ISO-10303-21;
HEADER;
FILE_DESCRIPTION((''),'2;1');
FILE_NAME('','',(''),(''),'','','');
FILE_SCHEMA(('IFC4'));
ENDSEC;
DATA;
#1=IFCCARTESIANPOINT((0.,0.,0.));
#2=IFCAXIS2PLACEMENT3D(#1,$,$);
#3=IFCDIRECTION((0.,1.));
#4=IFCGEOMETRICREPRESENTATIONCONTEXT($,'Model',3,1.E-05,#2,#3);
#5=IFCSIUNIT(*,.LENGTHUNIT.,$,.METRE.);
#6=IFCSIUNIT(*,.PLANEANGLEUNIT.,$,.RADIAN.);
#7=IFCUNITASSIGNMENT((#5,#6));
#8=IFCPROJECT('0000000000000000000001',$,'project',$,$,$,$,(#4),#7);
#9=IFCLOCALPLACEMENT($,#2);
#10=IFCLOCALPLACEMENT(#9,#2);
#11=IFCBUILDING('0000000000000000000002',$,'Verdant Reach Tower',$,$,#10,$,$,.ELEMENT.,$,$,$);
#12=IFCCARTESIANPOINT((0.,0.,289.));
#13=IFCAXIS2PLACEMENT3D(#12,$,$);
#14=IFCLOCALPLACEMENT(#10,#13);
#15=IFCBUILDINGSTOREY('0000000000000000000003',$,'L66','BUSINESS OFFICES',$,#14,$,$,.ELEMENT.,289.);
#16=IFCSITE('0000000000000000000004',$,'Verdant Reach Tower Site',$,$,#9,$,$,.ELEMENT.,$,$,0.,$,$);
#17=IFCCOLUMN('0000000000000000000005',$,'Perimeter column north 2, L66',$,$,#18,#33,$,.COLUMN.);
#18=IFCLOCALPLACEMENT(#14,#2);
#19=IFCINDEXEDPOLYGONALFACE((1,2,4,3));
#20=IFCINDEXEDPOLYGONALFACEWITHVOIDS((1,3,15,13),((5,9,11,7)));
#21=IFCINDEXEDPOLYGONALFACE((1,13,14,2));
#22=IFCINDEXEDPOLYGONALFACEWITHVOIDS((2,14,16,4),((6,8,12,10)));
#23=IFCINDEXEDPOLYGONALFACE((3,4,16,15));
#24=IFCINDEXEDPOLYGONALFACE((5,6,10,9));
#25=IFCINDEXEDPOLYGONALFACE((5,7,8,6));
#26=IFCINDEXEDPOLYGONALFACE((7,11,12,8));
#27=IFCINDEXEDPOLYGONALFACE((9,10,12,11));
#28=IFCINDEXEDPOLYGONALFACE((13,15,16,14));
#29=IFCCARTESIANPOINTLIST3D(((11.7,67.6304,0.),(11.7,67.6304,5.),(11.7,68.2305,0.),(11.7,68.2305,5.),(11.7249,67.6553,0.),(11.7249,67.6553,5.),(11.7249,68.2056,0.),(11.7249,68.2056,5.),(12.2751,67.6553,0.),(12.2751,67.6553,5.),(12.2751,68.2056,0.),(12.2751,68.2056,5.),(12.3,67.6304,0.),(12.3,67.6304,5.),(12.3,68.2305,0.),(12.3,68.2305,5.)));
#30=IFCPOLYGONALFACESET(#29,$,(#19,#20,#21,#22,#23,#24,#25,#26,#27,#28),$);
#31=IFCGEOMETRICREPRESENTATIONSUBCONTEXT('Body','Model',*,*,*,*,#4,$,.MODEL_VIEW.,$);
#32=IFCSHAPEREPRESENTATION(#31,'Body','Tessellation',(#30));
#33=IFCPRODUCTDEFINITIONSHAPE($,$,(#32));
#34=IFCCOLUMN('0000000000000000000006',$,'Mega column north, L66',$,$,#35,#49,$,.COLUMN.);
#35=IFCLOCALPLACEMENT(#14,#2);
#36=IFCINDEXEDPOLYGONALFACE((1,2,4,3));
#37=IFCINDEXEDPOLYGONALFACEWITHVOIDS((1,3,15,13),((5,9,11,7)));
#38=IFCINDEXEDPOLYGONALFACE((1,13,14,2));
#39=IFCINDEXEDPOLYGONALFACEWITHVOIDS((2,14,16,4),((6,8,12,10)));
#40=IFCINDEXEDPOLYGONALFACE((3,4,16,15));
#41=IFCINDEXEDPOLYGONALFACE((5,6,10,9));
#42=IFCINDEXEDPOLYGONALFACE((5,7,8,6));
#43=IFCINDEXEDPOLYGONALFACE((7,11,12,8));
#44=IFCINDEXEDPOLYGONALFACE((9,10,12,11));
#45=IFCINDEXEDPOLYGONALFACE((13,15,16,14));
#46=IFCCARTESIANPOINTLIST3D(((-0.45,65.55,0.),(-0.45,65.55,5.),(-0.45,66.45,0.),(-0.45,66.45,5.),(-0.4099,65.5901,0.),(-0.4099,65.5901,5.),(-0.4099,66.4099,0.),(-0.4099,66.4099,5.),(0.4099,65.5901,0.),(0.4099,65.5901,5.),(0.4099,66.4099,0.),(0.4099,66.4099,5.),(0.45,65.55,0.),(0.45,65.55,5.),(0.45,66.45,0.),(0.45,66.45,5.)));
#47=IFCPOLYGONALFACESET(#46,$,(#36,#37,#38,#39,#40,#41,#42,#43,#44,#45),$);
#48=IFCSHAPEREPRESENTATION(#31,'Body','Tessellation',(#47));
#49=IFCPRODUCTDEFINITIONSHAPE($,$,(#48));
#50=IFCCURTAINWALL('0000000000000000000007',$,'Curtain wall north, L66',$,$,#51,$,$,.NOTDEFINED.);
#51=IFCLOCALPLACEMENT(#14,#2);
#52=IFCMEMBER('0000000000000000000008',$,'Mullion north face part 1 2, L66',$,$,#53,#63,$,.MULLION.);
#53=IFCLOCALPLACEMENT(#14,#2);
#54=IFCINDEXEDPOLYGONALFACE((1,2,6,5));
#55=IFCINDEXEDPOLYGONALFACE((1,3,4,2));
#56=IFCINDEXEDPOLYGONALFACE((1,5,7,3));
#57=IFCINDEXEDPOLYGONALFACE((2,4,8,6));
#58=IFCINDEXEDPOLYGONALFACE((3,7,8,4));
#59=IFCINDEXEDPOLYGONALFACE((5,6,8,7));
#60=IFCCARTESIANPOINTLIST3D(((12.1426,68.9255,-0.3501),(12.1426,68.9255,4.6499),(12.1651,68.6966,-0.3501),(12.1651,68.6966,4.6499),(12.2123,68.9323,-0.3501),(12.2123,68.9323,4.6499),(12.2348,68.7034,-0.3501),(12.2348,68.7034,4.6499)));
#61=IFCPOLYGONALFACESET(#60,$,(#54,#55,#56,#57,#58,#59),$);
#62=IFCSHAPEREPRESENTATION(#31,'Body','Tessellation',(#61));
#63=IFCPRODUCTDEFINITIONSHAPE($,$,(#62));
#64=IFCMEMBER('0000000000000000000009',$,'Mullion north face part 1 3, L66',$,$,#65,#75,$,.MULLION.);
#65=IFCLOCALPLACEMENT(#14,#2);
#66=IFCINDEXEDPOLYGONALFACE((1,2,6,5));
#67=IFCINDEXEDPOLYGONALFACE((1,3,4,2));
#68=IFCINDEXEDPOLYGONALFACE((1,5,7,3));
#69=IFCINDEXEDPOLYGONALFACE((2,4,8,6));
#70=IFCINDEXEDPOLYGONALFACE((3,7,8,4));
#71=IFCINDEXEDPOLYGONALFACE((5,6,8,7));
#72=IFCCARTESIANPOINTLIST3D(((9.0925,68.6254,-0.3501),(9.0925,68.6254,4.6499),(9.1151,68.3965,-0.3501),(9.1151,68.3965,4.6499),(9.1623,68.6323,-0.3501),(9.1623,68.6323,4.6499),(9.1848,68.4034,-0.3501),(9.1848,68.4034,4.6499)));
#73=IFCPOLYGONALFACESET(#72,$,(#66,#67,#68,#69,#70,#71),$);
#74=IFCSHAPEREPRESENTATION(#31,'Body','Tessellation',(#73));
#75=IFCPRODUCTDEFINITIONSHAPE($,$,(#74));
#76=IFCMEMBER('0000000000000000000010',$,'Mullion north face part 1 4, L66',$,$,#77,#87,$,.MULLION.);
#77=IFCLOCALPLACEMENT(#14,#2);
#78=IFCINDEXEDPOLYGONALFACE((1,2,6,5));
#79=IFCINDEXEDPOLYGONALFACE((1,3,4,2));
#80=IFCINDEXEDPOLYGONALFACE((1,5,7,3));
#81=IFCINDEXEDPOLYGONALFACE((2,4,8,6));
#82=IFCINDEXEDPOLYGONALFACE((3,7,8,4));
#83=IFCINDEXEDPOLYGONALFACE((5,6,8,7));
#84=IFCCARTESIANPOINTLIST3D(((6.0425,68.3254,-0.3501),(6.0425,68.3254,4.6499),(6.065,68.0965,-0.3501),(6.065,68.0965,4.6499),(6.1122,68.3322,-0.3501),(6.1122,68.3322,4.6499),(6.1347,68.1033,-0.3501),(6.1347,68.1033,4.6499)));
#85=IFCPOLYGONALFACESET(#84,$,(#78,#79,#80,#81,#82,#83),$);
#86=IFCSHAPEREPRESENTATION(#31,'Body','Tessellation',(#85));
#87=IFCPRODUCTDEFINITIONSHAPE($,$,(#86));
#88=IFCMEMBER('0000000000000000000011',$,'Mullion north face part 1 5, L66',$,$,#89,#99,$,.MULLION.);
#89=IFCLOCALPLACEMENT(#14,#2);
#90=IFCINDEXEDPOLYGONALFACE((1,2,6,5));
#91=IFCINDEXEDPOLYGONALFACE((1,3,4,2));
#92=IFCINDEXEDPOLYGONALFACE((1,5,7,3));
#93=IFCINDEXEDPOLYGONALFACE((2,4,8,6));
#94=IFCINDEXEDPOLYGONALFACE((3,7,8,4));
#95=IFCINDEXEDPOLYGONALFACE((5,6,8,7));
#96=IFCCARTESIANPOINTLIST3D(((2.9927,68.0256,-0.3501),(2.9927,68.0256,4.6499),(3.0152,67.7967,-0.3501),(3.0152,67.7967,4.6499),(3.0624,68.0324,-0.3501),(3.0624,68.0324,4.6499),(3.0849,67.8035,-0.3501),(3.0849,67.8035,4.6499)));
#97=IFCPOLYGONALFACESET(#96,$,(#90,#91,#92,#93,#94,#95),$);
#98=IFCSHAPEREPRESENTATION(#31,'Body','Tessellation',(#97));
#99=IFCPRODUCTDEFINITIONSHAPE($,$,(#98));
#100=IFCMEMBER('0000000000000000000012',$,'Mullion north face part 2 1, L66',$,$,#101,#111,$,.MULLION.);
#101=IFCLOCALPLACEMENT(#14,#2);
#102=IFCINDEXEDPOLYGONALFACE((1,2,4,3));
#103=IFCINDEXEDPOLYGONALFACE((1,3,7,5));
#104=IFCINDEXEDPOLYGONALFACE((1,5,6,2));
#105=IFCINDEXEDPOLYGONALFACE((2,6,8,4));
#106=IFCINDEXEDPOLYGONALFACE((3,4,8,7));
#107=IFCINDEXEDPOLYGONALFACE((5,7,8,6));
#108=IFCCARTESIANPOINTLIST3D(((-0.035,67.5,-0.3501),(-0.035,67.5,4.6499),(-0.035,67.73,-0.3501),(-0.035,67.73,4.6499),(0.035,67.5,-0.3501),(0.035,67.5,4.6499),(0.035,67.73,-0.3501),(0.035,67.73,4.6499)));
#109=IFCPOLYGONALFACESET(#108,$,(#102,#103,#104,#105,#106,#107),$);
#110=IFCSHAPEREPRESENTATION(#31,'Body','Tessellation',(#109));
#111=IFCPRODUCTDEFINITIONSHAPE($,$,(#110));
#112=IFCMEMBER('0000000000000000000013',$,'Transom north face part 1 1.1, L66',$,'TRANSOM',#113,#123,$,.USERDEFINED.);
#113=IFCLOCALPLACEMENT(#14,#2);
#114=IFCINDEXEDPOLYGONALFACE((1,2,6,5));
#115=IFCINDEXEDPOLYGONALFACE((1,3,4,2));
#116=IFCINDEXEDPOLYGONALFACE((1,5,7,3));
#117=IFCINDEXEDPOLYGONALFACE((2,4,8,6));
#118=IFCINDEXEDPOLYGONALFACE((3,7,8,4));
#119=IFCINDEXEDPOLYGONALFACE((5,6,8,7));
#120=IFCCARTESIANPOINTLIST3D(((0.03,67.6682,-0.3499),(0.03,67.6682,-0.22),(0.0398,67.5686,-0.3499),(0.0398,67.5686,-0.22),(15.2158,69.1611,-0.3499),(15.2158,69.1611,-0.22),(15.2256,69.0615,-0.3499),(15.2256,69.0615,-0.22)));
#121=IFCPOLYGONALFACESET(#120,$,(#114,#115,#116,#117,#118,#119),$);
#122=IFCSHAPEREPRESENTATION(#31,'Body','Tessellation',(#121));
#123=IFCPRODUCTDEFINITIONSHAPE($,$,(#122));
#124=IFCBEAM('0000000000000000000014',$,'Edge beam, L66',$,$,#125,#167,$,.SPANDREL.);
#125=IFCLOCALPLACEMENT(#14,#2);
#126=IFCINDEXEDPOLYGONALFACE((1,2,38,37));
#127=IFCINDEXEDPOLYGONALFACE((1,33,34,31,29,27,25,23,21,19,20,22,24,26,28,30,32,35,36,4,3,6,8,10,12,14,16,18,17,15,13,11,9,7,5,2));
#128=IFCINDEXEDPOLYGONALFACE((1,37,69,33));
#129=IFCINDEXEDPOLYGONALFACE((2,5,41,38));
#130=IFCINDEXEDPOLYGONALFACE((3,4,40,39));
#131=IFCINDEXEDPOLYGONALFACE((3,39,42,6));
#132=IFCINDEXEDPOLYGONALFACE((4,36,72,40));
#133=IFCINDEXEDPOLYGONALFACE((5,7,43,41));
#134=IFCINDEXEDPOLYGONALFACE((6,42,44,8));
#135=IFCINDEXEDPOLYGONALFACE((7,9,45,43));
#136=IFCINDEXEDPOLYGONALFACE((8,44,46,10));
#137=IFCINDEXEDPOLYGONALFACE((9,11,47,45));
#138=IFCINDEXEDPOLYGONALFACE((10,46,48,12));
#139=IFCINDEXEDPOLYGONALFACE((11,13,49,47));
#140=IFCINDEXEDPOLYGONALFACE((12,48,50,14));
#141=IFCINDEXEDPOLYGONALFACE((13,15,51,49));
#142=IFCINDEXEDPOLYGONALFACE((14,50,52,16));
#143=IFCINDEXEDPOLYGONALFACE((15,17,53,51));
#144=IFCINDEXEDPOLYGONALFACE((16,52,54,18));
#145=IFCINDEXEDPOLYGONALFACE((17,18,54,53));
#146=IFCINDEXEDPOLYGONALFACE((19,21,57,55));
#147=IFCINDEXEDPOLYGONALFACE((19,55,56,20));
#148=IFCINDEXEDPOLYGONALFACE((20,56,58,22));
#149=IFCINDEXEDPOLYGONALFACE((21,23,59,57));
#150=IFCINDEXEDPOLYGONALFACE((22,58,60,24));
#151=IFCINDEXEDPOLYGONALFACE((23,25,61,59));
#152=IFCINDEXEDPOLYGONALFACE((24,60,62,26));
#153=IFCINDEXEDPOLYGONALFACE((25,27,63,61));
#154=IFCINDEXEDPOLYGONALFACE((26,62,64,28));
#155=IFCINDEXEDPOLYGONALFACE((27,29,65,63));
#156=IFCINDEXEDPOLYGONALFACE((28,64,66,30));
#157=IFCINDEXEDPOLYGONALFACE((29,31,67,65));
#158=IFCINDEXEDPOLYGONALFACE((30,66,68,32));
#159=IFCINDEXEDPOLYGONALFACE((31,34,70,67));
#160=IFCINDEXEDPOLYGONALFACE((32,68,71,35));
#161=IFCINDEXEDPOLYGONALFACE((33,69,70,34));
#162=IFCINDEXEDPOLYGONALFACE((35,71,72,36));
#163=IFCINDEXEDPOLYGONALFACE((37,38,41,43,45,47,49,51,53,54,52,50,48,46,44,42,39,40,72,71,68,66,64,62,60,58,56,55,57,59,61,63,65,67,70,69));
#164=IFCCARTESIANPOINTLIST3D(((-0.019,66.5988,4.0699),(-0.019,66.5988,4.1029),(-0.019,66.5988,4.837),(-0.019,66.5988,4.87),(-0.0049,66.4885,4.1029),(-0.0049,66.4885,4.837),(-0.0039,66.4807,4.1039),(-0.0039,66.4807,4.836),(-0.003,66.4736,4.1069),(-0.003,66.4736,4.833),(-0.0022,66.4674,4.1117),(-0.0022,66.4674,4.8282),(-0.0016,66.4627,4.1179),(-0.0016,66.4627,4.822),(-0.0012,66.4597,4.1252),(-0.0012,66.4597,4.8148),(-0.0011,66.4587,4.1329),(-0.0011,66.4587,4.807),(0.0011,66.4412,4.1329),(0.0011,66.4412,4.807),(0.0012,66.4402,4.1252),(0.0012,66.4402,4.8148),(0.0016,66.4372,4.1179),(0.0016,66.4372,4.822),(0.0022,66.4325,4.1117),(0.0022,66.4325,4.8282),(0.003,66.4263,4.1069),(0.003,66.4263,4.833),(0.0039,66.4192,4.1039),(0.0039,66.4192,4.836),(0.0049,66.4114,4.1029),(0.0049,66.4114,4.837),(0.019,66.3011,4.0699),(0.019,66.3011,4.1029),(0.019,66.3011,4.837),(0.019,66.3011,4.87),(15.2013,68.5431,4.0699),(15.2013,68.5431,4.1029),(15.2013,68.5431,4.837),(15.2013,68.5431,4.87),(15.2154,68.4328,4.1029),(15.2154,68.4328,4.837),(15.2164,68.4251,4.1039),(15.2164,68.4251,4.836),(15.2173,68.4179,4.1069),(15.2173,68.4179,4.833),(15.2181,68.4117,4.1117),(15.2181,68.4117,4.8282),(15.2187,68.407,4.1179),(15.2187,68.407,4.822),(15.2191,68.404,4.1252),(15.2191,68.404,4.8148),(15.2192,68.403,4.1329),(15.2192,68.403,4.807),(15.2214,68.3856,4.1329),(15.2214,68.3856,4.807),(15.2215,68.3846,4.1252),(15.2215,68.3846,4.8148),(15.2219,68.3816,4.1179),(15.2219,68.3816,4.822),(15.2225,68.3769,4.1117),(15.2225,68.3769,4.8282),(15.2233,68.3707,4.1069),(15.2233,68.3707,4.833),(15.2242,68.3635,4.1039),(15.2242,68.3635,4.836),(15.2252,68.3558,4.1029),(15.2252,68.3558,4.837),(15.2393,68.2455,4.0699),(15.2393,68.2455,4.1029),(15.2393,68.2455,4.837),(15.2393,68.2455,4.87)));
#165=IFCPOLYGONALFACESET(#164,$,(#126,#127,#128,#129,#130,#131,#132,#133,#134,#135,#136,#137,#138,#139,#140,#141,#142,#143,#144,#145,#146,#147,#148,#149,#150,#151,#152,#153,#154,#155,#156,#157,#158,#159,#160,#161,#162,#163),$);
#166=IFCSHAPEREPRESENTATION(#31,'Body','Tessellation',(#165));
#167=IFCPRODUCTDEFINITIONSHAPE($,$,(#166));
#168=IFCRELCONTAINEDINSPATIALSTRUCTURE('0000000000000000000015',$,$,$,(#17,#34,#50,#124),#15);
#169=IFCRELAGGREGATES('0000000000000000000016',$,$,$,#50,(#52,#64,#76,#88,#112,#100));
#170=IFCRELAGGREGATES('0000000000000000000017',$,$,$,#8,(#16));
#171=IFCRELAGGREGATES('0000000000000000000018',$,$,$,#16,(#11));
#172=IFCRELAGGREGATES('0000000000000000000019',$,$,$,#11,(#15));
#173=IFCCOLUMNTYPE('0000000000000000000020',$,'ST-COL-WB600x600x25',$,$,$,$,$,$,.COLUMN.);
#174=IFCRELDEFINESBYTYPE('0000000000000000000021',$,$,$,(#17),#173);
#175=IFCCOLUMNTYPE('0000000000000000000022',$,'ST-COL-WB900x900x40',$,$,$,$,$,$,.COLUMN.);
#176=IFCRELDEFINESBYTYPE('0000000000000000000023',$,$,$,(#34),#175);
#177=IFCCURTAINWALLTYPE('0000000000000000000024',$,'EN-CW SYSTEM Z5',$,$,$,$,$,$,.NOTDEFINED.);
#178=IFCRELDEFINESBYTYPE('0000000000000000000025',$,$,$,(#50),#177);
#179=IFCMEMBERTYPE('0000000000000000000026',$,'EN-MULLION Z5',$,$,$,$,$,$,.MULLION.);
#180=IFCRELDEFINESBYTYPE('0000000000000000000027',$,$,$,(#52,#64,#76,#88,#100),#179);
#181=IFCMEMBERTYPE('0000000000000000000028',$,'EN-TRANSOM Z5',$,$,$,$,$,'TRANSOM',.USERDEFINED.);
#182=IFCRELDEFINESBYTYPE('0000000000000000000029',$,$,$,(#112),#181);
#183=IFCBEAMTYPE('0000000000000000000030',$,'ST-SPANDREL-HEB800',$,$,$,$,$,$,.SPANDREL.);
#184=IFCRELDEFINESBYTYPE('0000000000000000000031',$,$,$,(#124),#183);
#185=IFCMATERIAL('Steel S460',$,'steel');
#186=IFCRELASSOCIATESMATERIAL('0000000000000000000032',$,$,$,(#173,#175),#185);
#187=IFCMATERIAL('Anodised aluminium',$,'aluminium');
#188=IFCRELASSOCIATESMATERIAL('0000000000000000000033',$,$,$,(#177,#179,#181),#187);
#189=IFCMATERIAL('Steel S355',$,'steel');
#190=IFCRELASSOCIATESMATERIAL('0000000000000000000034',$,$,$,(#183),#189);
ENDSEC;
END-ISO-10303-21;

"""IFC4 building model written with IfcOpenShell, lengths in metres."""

from ifc_helpers import new_model, si_unit, direction, frame, origin, origin_2d, place, context, subcontext, project, spatial, rectangle, hollow_rectangle, i_section, extrude, material, material_profile, profile_set, type_object, element, aggregate, save


model = new_model("IFC4")

# Units and contexts
model_context = context("Model", 3, precision=1e-05, world=origin(), true_north=direction((0.0, 1.0)))
body_context = subcontext(model_context, "Body", "Model", "MODEL_VIEW")
ifc_project = project(units=[si_unit("LENGTHUNIT", "METRE"), si_unit("PLANEANGLEUNIT", "RADIAN")], contexts=[model_context])

# Site, building, storey
site_placement = place(None, origin())
site = spatial("IfcSite", under=ifc_project, at=site_placement, Name="Verdant Reach Tower Site", CompositionType="ELEMENT", RefElevation=0.0)
building_placement = place(site_placement, origin())
building = spatial("IfcBuilding", under=site, at=building_placement, Name="Verdant Reach Tower", CompositionType="ELEMENT")
storey_placement = place(building_placement, frame((0.0, 0.0, 289.0)))
storey = spatial("IfcBuildingStorey", under=building, at=storey_placement, Name="L66", Description="BUSINESS OFFICES", CompositionType="ELEMENT", Elevation=289.0)

# Columns
ifc_material_1 = material(Name="Steel S460", Category="steel")
ifc_material_profile_1 = material_profile(ifc_material_1, hollow_rectangle(XDim=0.6001, YDim=0.6001, WallThickness=0.0249, at=origin_2d()), Name="WB 600x600x25")
ifc_profile_set_1 = profile_set([ifc_material_profile_1], Name="Steel S460")
column_type_1 = type_object("IfcColumnType", Name="ST-COL-WB600x600x25", PredefinedType="COLUMN", material=ifc_profile_set_1)
column_1_placement = place(storey_placement, frame((12.0, 67.9304, 0.0), z_axis=(0.0, 0.0, 1.0), x_axis=(1.0, 0.0, 0.0)))
element("IfcColumn", 1, at=column_1_placement, inside=storey, type_object=column_type_1, Name="Perimeter column north 2, L66", PredefinedType="COLUMN", context=body_context, shape_type="SweptSolid", body=[
    extrude(hollow_rectangle(XDim=0.6001, YDim=0.6001, WallThickness=0.0249, at=origin_2d()), origin(), (0.0, 0.0, 1.0), 5.0),
])
ifc_material_profile_2 = material_profile(ifc_material_1, hollow_rectangle(XDim=0.8999, YDim=0.8999, WallThickness=0.04, at=origin_2d()), Name="WB 900x900x40")
ifc_profile_set_2 = profile_set([ifc_material_profile_2], Name="Steel S460")
column_type_2 = type_object("IfcColumnType", Name="ST-COL-WB900x900x40", PredefinedType="COLUMN", material=ifc_profile_set_2)
column_2_placement = place(storey_placement, frame((0.0, 66.0, 0.0), z_axis=(0.0, 0.0, 1.0), x_axis=(1.0, 0.0, 0.0)))
element("IfcColumn", 2, at=column_2_placement, inside=storey, type_object=column_type_2, Name="Mega column north, L66", PredefinedType="COLUMN", context=body_context, shape_type="SweptSolid", body=[
    extrude(hollow_rectangle(XDim=0.8999, YDim=0.8999, WallThickness=0.04, at=origin_2d()), origin(), (0.0, 0.0, 1.0), 5.0),
])

# Curtain wall, members
ifc_material_2 = material(Name="Anodised aluminium", Category="aluminium")
curtain_wall_type = type_object("IfcCurtainWallType", Name="EN-CW SYSTEM Z5", PredefinedType="NOTDEFINED", material=ifc_material_2)
curtain_wall_placement = place(storey_placement, origin())
curtain_wall = element("IfcCurtainWall", 3, at=curtain_wall_placement, inside=storey, type_object=curtain_wall_type, Name="Curtain wall north, L66", PredefinedType="NOTDEFINED")
ifc_material_profile_3 = material_profile(ifc_material_2, rectangle(XDim=0.23, YDim=0.0701, at=origin_2d()), Name="Mullion 70x230")
ifc_profile_set_3 = profile_set([ifc_material_profile_3], Name="Anodised aluminium")
member_type_1 = type_object("IfcMemberType", Name="EN-MULLION Z5", PredefinedType="MULLION", material=ifc_profile_set_3)
member_1_placement = place(storey_placement, frame((12.1887, 68.8145, -0.3501), z_axis=(0.0, 0.0, 1.0), x_axis=(-0.097888, 0.995197, 0.0)))
member_1 = element("IfcMember", 4, at=member_1_placement, type_object=member_type_1, Name="Mullion north face part 1 2, L66", PredefinedType="MULLION", context=body_context, shape_type="SweptSolid", body=[
    extrude(rectangle(XDim=0.23, YDim=0.0701, at=origin_2d()), origin(), (0.0, 0.0, 1.0), 5.0),
])
member_2_placement = place(storey_placement, frame((9.1387, 68.5144, -0.3501), z_axis=(0.0, 0.0, 1.0), x_axis=(-0.097888, 0.995197, 0.0)))
member_2 = element("IfcMember", 5, at=member_2_placement, type_object=member_type_1, Name="Mullion north face part 1 3, L66", PredefinedType="MULLION", context=body_context, shape_type="SweptSolid", body=[
    extrude(rectangle(XDim=0.23, YDim=0.0701, at=origin_2d()), origin(), (0.0, 0.0, 1.0), 5.0),
])
member_3_placement = place(storey_placement, frame((6.0886, 68.2144, -0.3501), z_axis=(0.0, 0.0, 1.0), x_axis=(-0.097888, 0.995197, 0.0)))
member_3 = element("IfcMember", 6, at=member_3_placement, type_object=member_type_1, Name="Mullion north face part 1 4, L66", PredefinedType="MULLION", context=body_context, shape_type="SweptSolid", body=[
    extrude(rectangle(XDim=0.23, YDim=0.0701, at=origin_2d()), origin(), (0.0, 0.0, 1.0), 5.0),
])
member_4_placement = place(storey_placement, frame((3.0388, 67.9146, -0.3501), z_axis=(0.0, 0.0, 1.0), x_axis=(-0.097888, 0.995197, 0.0)))
member_4 = element("IfcMember", 7, at=member_4_placement, type_object=member_type_1, Name="Mullion north face part 1 5, L66", PredefinedType="MULLION", context=body_context, shape_type="SweptSolid", body=[
    extrude(rectangle(XDim=0.23, YDim=0.0701, at=origin_2d()), origin(), (0.0, 0.0, 1.0), 5.0),
])
member_5_placement = place(storey_placement, frame((0.0, 67.615, -0.3501), z_axis=(0.0, 0.0, 1.0), x_axis=(0.0, 1.0, 0.0)))
member_5 = element("IfcMember", 8, at=member_5_placement, type_object=member_type_1, Name="Mullion north face part 2 1, L66", PredefinedType="MULLION", context=body_context, shape_type="SweptSolid", body=[
    extrude(rectangle(XDim=0.23, YDim=0.0701, at=origin_2d()), origin(), (0.0, 0.0, 1.0), 5.0),
])
ifc_material_profile_4 = material_profile(ifc_material_2, rectangle(XDim=0.1001, YDim=0.1299, at=origin_2d()), Name="Transom 130x100")
ifc_profile_set_4 = profile_set([ifc_material_profile_4], Name="Anodised aluminium")
member_type_2 = type_object("IfcMemberType", Name="EN-TRANSOM Z5", ElementType="TRANSOM", PredefinedType="USERDEFINED", material=ifc_profile_set_4)
member_6_placement = place(storey_placement, frame((15.2207, 69.1113, -0.2849), z_axis=(-0.995202, -0.097839, 0.0), x_axis=(0.097839, -0.995202, 0.0)))
member_6 = element("IfcMember", 9, at=member_6_placement, type_object=member_type_2, Name="Transom north face part 1 1.1, L66", ObjectType="TRANSOM", PredefinedType="USERDEFINED", context=body_context, shape_type="SweptSolid", body=[
    extrude(rectangle(XDim=0.1001, YDim=0.1299, at=origin_2d()), origin(), (0.0, 0.0, 1.0), 15.259),
])

# Beam
ifc_material_3 = material(Name="Steel S355", Category="steel")
ifc_material_profile_5 = material_profile(ifc_material_3, i_section(OverallWidth=0.3, OverallDepth=0.8, WebThickness=0.0176, FlangeThickness=0.033, FilletRadius=0.03, at=origin_2d()), Name="HEB 800")
ifc_profile_set_5 = profile_set([ifc_material_profile_5], Name="Steel S355")
beam_type_1 = type_object("IfcBeamType", Name="ST-SPANDREL-HEB800", PredefinedType="SPANDREL", material=ifc_profile_set_5)
beam_1_placement = place(storey_placement, frame((0.0, 66.45, 4.47), z_axis=(0.991939, 0.126717, 0.0), x_axis=(-0.126717, 0.991939, 0.0)))
element("IfcBeam", 10, at=beam_1_placement, inside=storey, type_object=beam_type_1, Name="Edge beam, L66", PredefinedType="SPANDREL", context=body_context, shape_type="SweptSolid", body=[
    extrude(i_section(OverallWidth=0.3, OverallDepth=0.8, WebThickness=0.0176, FlangeThickness=0.033, FilletRadius=0.03, at=origin_2d()), origin(), (0.0, 0.0, 1.0), 15.344),
])

aggregate(curtain_wall, [member_1, member_2, member_3, member_4, member_6, member_5])

save(model, "model.ifc")
